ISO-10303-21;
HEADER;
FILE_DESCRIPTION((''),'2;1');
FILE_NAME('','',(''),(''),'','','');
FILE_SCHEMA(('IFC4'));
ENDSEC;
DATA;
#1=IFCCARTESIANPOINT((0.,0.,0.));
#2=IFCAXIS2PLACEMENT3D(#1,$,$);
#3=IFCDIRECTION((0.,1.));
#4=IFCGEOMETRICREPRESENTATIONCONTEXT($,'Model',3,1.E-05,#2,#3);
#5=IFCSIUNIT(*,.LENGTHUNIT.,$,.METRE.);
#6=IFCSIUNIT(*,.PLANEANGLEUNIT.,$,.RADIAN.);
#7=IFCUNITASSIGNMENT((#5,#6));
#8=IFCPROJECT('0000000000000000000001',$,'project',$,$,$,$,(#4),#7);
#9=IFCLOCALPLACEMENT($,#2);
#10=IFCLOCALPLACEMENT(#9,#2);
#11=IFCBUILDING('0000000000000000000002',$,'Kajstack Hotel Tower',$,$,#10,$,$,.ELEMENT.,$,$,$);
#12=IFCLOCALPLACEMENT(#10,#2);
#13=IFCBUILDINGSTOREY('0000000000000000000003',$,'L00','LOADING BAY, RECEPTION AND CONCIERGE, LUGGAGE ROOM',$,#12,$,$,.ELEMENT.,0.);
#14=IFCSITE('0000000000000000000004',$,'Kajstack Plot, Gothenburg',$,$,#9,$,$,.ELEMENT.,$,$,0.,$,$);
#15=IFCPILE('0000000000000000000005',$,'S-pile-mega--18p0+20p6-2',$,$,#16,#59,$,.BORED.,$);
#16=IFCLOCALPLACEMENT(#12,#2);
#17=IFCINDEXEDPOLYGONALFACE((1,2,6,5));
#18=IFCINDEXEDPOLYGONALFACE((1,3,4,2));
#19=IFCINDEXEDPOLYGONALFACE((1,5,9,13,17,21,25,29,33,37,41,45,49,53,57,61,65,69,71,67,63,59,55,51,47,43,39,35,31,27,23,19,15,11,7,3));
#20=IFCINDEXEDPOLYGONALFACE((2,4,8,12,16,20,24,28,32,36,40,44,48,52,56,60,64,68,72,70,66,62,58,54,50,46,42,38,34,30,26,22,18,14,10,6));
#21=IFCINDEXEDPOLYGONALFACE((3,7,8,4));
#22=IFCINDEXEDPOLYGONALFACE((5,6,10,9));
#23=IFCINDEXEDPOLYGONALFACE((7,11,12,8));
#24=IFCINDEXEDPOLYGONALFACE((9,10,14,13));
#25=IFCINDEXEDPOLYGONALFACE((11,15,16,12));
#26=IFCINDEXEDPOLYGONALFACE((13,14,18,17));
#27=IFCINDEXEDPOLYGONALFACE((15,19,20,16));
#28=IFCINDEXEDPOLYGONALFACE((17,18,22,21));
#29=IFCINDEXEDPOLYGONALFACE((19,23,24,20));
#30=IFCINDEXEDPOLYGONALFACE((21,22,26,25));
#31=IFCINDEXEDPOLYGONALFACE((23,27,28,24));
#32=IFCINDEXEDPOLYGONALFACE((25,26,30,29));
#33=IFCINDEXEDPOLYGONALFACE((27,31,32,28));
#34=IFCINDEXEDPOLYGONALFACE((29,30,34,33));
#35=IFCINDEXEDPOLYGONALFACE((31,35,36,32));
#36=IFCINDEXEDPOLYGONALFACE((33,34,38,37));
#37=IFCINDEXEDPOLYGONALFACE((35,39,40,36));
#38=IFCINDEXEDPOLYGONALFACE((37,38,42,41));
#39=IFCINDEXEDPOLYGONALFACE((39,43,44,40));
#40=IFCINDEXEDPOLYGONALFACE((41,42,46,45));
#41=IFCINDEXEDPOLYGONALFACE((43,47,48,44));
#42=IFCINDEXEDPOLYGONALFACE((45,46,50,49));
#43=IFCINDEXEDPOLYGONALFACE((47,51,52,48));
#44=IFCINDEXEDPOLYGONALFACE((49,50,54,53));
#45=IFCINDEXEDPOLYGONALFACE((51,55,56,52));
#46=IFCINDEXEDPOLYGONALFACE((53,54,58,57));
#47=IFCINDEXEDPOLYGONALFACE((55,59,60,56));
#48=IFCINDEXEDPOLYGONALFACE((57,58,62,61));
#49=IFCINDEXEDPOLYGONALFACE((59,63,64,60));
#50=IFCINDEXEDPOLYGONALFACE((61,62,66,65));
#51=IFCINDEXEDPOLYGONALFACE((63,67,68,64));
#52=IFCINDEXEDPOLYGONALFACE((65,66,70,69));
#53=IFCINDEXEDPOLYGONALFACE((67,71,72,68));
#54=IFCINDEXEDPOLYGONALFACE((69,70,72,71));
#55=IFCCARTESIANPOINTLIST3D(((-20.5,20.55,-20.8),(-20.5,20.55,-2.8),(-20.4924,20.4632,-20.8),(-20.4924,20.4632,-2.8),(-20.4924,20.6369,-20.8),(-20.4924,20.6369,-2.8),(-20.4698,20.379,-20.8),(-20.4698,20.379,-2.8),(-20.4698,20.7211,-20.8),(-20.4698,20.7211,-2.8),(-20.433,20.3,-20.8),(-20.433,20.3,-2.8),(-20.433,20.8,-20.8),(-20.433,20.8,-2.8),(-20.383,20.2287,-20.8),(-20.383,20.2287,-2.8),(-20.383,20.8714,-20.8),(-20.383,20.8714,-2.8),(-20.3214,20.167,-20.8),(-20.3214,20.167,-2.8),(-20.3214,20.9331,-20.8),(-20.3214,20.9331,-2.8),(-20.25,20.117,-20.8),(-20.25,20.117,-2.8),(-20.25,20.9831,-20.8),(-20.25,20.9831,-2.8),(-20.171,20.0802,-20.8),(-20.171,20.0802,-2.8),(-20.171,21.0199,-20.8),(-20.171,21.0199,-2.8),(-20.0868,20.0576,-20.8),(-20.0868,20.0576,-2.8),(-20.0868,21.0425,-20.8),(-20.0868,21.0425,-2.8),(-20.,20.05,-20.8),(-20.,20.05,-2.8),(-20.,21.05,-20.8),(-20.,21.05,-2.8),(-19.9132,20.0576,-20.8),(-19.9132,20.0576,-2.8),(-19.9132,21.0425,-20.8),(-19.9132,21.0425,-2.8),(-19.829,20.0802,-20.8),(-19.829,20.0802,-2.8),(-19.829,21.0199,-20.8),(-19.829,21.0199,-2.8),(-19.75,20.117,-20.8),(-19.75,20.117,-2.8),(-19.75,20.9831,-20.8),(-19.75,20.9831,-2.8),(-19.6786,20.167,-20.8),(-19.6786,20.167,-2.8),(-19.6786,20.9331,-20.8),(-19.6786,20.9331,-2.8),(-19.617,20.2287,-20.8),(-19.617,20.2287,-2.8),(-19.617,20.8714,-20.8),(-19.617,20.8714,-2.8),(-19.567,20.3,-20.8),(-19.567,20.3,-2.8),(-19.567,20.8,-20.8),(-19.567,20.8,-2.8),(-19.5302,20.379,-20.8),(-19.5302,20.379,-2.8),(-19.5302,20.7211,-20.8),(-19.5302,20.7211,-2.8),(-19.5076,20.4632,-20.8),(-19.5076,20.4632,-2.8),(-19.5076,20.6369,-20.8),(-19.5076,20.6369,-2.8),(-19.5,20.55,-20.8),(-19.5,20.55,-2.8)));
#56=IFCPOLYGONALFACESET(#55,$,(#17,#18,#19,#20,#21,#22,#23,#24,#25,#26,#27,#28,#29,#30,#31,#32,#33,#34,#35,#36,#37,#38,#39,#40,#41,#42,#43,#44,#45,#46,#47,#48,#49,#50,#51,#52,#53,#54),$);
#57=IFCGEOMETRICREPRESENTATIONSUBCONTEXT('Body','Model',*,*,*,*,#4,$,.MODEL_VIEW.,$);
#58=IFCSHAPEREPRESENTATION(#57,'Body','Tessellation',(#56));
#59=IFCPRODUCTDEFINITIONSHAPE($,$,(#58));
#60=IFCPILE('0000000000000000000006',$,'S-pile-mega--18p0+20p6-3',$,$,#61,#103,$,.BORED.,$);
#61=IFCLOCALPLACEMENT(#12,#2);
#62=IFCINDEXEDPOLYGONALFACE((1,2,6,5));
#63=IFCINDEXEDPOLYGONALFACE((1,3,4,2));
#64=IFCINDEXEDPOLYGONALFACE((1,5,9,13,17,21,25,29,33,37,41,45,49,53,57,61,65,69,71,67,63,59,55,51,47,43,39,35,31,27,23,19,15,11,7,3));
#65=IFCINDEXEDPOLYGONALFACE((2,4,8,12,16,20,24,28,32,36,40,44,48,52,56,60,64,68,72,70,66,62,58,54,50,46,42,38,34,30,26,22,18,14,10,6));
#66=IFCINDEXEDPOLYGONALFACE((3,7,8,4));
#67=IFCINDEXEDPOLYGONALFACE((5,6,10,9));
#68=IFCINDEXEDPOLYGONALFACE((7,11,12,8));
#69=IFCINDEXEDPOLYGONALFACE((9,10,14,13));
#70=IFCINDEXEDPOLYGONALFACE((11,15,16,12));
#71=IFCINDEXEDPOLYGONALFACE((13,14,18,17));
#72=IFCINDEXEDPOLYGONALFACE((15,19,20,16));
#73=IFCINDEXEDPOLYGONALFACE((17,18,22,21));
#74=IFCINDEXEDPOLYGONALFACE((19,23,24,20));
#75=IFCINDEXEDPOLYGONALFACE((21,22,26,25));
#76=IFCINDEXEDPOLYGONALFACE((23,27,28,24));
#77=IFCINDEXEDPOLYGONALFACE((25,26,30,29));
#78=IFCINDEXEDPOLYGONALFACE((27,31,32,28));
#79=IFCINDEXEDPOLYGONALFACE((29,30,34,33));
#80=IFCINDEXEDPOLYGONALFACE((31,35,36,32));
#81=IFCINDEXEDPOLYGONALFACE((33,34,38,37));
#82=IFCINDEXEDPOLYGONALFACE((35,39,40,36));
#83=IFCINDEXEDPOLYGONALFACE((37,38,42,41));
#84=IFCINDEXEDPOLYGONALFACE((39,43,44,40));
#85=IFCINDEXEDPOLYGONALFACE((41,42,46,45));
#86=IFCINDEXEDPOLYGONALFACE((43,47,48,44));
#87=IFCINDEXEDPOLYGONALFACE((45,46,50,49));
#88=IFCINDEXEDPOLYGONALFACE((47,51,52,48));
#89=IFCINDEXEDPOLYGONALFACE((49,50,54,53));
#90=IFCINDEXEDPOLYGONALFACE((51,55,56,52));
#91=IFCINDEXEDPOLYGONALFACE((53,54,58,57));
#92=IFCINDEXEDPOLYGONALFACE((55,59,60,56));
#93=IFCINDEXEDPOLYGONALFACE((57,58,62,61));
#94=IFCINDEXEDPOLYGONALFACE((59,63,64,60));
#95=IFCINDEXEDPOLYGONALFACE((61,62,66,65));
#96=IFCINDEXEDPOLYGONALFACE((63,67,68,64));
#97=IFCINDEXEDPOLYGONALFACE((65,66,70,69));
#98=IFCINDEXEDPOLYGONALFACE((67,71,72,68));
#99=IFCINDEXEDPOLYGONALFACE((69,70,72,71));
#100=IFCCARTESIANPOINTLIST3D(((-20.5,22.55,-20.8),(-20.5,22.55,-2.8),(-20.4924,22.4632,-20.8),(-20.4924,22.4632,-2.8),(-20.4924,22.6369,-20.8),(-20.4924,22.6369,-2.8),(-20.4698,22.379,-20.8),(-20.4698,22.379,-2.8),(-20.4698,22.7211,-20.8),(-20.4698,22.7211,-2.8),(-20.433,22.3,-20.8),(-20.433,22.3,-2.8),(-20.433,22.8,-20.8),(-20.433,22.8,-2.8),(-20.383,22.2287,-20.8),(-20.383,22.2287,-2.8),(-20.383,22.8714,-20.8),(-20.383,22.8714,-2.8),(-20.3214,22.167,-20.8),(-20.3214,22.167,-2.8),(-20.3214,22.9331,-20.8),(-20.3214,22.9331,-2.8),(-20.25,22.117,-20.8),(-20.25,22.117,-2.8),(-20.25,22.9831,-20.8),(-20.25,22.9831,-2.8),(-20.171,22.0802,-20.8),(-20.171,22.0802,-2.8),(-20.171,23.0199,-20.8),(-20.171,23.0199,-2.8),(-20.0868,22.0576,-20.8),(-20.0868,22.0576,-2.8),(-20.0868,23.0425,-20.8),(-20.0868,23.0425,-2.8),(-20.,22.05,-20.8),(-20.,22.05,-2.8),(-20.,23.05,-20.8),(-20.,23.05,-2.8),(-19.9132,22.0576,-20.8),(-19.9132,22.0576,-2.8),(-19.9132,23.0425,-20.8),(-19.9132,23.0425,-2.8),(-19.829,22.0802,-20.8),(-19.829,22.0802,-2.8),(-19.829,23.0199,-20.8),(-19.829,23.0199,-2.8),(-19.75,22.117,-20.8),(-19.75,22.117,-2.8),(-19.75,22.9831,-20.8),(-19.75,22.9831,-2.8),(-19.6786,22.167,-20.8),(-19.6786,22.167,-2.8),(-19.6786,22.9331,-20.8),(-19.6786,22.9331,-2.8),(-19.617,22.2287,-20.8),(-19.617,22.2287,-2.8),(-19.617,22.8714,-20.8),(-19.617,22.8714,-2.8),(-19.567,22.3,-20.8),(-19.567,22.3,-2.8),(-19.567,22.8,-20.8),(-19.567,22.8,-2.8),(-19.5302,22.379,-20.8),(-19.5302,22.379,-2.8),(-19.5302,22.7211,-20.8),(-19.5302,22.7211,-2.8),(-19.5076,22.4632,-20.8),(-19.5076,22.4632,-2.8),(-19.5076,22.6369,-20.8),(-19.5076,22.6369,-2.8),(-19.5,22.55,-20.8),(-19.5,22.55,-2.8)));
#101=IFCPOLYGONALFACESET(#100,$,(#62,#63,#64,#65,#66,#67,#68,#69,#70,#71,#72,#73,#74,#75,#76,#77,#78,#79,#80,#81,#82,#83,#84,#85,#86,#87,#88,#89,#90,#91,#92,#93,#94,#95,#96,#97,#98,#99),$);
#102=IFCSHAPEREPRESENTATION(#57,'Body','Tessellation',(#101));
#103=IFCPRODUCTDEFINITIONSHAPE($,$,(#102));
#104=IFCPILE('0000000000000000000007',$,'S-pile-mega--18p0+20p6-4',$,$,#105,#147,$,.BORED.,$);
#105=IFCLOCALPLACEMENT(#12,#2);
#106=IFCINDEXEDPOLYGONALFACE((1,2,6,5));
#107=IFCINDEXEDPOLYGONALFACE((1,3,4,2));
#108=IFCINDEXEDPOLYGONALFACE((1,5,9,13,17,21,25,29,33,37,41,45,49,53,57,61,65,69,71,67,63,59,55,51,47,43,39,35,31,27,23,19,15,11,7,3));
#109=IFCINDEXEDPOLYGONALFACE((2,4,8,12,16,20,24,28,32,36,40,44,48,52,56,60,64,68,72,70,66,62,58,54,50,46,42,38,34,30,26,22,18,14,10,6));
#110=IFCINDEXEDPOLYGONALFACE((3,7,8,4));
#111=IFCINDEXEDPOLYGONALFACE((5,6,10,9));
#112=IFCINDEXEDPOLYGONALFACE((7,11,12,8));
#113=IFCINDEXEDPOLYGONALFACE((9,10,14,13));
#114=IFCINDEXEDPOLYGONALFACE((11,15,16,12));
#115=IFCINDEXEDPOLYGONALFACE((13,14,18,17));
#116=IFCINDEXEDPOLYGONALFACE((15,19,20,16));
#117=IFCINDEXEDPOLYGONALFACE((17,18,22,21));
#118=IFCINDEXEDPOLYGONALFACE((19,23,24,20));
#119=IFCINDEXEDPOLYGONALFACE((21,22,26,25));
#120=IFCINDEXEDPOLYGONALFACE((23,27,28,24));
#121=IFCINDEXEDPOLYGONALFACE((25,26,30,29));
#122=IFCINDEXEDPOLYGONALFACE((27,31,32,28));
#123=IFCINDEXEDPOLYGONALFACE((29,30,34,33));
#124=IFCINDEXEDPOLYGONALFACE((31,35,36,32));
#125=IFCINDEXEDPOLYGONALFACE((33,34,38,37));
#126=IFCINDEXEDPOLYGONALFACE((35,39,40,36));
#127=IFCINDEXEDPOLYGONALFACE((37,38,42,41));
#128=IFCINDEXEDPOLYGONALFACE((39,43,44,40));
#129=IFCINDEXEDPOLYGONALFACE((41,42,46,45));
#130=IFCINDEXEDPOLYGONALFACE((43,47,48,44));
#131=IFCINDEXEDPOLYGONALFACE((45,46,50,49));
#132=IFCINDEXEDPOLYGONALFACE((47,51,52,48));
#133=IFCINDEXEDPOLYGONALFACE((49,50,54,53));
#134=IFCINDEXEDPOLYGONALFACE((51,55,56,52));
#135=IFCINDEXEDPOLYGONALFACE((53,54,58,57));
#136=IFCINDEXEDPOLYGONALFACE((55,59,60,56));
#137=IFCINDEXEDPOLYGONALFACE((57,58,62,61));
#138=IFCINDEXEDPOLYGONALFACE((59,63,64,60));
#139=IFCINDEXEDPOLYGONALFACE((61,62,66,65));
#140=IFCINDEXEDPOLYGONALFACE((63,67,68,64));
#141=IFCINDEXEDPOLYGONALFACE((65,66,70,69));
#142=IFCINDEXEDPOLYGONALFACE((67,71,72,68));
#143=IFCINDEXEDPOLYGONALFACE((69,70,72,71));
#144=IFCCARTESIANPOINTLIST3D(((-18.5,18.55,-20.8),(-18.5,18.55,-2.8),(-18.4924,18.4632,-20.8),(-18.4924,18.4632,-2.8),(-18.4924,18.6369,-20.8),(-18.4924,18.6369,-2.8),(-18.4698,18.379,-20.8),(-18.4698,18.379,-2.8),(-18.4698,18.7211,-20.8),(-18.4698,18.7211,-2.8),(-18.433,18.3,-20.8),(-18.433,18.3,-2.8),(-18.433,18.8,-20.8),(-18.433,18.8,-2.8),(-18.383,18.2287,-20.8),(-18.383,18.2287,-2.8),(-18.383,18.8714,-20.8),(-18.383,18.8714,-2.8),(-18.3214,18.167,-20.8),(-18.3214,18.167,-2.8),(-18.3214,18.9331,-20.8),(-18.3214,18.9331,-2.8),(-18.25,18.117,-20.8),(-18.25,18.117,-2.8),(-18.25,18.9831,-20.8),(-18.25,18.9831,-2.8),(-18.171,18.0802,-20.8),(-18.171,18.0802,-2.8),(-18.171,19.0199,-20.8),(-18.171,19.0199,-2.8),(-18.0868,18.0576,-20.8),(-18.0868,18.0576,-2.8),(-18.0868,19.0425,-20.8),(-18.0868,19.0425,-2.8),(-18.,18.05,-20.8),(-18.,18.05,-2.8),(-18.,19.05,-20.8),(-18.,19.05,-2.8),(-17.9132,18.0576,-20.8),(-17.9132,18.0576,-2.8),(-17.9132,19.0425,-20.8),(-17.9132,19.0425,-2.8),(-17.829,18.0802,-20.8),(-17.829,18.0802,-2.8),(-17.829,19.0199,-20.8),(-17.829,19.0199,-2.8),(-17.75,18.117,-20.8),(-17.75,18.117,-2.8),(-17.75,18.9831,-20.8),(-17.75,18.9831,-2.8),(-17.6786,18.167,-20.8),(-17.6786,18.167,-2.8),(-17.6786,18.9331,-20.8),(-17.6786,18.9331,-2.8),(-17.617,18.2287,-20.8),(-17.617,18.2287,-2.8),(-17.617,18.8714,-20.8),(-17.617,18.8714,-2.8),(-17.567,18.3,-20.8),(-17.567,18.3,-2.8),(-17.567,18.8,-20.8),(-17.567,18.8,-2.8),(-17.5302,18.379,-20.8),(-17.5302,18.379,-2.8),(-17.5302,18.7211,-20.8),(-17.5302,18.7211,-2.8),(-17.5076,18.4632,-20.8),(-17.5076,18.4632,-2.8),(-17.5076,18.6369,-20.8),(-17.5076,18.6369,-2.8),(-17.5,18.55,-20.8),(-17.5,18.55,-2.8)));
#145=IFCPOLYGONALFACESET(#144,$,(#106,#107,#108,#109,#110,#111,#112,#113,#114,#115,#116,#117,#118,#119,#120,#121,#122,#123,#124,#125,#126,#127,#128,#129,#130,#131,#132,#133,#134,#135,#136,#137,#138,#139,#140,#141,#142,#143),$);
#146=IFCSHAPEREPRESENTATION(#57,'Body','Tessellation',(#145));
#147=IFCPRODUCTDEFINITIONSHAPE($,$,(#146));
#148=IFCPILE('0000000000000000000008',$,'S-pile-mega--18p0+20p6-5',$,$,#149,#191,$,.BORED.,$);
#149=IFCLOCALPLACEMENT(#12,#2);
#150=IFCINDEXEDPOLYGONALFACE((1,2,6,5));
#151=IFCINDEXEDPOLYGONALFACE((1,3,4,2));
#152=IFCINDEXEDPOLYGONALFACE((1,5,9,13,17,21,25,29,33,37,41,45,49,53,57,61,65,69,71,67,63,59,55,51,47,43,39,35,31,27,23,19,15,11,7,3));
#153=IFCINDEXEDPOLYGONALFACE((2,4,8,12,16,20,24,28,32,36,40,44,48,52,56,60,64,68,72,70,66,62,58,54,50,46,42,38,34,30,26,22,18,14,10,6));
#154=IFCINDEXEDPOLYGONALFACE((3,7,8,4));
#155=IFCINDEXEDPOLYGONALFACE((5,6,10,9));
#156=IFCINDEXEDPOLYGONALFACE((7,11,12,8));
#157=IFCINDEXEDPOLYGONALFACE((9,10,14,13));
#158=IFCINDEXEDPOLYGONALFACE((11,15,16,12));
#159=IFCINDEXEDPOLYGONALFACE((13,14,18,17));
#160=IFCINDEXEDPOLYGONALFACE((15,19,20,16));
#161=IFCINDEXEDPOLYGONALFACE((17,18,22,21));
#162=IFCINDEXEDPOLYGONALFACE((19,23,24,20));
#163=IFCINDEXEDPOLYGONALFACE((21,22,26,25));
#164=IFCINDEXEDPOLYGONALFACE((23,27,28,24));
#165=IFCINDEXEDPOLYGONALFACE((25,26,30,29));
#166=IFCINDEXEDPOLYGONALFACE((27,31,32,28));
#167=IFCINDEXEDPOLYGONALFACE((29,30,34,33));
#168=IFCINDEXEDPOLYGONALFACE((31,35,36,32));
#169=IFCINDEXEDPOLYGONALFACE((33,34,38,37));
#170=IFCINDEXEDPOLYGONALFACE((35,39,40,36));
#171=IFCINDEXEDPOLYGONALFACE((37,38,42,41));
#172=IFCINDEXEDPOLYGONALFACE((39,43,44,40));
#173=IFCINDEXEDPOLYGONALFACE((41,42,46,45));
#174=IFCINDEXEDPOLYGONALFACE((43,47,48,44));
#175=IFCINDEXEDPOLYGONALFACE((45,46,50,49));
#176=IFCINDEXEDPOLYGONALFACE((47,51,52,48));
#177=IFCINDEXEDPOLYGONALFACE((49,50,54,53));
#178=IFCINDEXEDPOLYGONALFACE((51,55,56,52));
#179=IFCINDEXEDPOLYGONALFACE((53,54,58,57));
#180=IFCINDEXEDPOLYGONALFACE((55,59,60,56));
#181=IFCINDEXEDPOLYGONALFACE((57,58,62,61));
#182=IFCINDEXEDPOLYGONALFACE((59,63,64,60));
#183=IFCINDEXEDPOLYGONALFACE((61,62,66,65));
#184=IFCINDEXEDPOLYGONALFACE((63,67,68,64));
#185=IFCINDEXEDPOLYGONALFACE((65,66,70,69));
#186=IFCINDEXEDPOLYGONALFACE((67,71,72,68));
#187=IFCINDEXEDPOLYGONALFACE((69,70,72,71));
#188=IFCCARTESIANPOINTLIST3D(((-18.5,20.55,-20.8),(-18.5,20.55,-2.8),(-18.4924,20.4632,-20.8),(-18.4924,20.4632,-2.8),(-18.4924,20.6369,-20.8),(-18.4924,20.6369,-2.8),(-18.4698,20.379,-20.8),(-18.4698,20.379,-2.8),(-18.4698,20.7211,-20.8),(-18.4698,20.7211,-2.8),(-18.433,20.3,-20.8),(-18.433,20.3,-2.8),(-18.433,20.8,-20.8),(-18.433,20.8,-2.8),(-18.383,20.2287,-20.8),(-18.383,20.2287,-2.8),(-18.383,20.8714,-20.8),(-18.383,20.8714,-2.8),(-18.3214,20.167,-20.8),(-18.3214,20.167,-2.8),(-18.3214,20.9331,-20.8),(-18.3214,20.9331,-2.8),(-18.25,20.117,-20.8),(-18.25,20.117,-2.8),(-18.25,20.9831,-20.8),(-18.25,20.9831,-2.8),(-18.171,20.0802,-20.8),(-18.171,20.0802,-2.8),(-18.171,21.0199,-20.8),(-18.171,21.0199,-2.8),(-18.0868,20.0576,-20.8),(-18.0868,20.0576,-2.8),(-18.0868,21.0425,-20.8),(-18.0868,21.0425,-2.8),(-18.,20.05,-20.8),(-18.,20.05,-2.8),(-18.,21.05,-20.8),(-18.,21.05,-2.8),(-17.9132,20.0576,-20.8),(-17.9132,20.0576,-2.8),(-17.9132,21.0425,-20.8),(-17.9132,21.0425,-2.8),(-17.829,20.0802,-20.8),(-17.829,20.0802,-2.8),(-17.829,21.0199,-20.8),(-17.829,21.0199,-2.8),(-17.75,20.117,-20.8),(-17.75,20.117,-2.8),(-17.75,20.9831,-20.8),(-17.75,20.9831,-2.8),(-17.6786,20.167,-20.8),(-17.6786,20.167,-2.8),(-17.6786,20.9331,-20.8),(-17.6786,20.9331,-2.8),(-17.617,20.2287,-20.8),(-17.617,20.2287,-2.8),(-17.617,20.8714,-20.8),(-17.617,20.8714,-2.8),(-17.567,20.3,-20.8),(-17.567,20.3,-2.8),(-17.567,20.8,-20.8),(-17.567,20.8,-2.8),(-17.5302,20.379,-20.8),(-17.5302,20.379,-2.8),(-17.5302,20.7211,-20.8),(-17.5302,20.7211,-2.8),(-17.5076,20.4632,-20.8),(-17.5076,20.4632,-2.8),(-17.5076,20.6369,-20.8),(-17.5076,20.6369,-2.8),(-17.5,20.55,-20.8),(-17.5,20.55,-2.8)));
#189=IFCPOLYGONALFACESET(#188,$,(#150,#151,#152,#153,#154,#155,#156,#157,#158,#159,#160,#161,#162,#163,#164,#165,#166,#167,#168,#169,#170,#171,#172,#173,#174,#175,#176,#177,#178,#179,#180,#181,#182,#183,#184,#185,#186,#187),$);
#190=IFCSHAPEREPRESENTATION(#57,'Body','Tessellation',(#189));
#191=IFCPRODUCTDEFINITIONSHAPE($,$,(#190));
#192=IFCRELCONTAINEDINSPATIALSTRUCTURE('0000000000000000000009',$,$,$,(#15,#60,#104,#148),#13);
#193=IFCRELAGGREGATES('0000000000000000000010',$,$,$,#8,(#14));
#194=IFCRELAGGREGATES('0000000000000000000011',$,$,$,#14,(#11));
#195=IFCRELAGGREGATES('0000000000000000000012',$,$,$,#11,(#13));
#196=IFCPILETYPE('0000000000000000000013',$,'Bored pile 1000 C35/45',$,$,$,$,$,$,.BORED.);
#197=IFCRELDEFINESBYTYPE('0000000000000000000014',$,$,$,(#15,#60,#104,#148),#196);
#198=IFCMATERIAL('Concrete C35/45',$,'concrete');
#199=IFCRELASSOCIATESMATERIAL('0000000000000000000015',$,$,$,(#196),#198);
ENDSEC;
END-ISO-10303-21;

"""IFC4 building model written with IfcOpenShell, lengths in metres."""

from ifc_helpers import new_model, si_unit, direction, frame, origin, origin_2d, place, context, subcontext, project, spatial, circle, extrude, material, material_profile, profile_set, type_object, element, save


model = new_model("IFC4")

# Units and contexts
model_context = context("Model", 3, precision=1e-05, world=origin(), true_north=direction((0.0, 1.0)))
body_context = subcontext(model_context, "Body", "Model", "MODEL_VIEW")
ifc_project = project(units=[si_unit("LENGTHUNIT", "METRE"), si_unit("PLANEANGLEUNIT", "RADIAN")], contexts=[model_context])

# Site, building, storey
site_placement = place(None, origin())
site = spatial("IfcSite", under=ifc_project, at=site_placement, Name="Kajstack Plot, Gothenburg", CompositionType="ELEMENT", RefElevation=0.0)
building_placement = place(site_placement, origin())
building = spatial("IfcBuilding", under=site, at=building_placement, Name="Kajstack Hotel Tower", CompositionType="ELEMENT")
storey_placement = place(building_placement, origin())
storey = spatial("IfcBuildingStorey", under=building, at=storey_placement, Name="L00", Description="LOADING BAY, RECEPTION AND CONCIERGE, LUGGAGE ROOM", CompositionType="ELEMENT", Elevation=0.0)

# Piles
ifc_material_1 = material(Name="Concrete C35/45", Category="concrete")
ifc_material_profile_1 = material_profile(ifc_material_1, circle(Radius=0.5, at=origin_2d()), Name="RC round 1000")
ifc_profile_set_1 = profile_set([ifc_material_profile_1], Name="Concrete C35/45")
pile_type_1 = type_object("IfcPileType", Name="Bored pile 1000 C35/45", PredefinedType="BORED", material=ifc_profile_set_1)
for number, where, z_axis, x_axis, name in (
    (1, (-20.0, 20.55, -2.8), (0.0, 0.0, -1.0), (1.0, 0.0, 0.0), "S-pile-mega--18p0+20p6-2"),
    (2, (-20.0, 22.55, -2.8), (0.0, 0.0, -1.0), (1.0, 0.0, 0.0), "S-pile-mega--18p0+20p6-3"),
    (3, (-18.0, 18.55, -2.8), (0.0, 0.0, -1.0), (1.0, 0.0, 0.0), "S-pile-mega--18p0+20p6-4"),
    (4, (-18.0, 20.55, -2.8), (0.0, 0.0, -1.0), (1.0, 0.0, 0.0), "S-pile-mega--18p0+20p6-5"),
):
    element("IfcPile", number, at=place(storey_placement, frame(where, z_axis=z_axis, x_axis=x_axis)), inside=storey, type_object=pile_type_1, Name=name, PredefinedType="BORED", context=body_context, shape_type="SweptSolid", body=[
        extrude(circle(Radius=0.5, at=origin_2d()), origin(), (0.0, 0.0, 1.0), 18.0),
    ])

save(model, "model.ifc")
